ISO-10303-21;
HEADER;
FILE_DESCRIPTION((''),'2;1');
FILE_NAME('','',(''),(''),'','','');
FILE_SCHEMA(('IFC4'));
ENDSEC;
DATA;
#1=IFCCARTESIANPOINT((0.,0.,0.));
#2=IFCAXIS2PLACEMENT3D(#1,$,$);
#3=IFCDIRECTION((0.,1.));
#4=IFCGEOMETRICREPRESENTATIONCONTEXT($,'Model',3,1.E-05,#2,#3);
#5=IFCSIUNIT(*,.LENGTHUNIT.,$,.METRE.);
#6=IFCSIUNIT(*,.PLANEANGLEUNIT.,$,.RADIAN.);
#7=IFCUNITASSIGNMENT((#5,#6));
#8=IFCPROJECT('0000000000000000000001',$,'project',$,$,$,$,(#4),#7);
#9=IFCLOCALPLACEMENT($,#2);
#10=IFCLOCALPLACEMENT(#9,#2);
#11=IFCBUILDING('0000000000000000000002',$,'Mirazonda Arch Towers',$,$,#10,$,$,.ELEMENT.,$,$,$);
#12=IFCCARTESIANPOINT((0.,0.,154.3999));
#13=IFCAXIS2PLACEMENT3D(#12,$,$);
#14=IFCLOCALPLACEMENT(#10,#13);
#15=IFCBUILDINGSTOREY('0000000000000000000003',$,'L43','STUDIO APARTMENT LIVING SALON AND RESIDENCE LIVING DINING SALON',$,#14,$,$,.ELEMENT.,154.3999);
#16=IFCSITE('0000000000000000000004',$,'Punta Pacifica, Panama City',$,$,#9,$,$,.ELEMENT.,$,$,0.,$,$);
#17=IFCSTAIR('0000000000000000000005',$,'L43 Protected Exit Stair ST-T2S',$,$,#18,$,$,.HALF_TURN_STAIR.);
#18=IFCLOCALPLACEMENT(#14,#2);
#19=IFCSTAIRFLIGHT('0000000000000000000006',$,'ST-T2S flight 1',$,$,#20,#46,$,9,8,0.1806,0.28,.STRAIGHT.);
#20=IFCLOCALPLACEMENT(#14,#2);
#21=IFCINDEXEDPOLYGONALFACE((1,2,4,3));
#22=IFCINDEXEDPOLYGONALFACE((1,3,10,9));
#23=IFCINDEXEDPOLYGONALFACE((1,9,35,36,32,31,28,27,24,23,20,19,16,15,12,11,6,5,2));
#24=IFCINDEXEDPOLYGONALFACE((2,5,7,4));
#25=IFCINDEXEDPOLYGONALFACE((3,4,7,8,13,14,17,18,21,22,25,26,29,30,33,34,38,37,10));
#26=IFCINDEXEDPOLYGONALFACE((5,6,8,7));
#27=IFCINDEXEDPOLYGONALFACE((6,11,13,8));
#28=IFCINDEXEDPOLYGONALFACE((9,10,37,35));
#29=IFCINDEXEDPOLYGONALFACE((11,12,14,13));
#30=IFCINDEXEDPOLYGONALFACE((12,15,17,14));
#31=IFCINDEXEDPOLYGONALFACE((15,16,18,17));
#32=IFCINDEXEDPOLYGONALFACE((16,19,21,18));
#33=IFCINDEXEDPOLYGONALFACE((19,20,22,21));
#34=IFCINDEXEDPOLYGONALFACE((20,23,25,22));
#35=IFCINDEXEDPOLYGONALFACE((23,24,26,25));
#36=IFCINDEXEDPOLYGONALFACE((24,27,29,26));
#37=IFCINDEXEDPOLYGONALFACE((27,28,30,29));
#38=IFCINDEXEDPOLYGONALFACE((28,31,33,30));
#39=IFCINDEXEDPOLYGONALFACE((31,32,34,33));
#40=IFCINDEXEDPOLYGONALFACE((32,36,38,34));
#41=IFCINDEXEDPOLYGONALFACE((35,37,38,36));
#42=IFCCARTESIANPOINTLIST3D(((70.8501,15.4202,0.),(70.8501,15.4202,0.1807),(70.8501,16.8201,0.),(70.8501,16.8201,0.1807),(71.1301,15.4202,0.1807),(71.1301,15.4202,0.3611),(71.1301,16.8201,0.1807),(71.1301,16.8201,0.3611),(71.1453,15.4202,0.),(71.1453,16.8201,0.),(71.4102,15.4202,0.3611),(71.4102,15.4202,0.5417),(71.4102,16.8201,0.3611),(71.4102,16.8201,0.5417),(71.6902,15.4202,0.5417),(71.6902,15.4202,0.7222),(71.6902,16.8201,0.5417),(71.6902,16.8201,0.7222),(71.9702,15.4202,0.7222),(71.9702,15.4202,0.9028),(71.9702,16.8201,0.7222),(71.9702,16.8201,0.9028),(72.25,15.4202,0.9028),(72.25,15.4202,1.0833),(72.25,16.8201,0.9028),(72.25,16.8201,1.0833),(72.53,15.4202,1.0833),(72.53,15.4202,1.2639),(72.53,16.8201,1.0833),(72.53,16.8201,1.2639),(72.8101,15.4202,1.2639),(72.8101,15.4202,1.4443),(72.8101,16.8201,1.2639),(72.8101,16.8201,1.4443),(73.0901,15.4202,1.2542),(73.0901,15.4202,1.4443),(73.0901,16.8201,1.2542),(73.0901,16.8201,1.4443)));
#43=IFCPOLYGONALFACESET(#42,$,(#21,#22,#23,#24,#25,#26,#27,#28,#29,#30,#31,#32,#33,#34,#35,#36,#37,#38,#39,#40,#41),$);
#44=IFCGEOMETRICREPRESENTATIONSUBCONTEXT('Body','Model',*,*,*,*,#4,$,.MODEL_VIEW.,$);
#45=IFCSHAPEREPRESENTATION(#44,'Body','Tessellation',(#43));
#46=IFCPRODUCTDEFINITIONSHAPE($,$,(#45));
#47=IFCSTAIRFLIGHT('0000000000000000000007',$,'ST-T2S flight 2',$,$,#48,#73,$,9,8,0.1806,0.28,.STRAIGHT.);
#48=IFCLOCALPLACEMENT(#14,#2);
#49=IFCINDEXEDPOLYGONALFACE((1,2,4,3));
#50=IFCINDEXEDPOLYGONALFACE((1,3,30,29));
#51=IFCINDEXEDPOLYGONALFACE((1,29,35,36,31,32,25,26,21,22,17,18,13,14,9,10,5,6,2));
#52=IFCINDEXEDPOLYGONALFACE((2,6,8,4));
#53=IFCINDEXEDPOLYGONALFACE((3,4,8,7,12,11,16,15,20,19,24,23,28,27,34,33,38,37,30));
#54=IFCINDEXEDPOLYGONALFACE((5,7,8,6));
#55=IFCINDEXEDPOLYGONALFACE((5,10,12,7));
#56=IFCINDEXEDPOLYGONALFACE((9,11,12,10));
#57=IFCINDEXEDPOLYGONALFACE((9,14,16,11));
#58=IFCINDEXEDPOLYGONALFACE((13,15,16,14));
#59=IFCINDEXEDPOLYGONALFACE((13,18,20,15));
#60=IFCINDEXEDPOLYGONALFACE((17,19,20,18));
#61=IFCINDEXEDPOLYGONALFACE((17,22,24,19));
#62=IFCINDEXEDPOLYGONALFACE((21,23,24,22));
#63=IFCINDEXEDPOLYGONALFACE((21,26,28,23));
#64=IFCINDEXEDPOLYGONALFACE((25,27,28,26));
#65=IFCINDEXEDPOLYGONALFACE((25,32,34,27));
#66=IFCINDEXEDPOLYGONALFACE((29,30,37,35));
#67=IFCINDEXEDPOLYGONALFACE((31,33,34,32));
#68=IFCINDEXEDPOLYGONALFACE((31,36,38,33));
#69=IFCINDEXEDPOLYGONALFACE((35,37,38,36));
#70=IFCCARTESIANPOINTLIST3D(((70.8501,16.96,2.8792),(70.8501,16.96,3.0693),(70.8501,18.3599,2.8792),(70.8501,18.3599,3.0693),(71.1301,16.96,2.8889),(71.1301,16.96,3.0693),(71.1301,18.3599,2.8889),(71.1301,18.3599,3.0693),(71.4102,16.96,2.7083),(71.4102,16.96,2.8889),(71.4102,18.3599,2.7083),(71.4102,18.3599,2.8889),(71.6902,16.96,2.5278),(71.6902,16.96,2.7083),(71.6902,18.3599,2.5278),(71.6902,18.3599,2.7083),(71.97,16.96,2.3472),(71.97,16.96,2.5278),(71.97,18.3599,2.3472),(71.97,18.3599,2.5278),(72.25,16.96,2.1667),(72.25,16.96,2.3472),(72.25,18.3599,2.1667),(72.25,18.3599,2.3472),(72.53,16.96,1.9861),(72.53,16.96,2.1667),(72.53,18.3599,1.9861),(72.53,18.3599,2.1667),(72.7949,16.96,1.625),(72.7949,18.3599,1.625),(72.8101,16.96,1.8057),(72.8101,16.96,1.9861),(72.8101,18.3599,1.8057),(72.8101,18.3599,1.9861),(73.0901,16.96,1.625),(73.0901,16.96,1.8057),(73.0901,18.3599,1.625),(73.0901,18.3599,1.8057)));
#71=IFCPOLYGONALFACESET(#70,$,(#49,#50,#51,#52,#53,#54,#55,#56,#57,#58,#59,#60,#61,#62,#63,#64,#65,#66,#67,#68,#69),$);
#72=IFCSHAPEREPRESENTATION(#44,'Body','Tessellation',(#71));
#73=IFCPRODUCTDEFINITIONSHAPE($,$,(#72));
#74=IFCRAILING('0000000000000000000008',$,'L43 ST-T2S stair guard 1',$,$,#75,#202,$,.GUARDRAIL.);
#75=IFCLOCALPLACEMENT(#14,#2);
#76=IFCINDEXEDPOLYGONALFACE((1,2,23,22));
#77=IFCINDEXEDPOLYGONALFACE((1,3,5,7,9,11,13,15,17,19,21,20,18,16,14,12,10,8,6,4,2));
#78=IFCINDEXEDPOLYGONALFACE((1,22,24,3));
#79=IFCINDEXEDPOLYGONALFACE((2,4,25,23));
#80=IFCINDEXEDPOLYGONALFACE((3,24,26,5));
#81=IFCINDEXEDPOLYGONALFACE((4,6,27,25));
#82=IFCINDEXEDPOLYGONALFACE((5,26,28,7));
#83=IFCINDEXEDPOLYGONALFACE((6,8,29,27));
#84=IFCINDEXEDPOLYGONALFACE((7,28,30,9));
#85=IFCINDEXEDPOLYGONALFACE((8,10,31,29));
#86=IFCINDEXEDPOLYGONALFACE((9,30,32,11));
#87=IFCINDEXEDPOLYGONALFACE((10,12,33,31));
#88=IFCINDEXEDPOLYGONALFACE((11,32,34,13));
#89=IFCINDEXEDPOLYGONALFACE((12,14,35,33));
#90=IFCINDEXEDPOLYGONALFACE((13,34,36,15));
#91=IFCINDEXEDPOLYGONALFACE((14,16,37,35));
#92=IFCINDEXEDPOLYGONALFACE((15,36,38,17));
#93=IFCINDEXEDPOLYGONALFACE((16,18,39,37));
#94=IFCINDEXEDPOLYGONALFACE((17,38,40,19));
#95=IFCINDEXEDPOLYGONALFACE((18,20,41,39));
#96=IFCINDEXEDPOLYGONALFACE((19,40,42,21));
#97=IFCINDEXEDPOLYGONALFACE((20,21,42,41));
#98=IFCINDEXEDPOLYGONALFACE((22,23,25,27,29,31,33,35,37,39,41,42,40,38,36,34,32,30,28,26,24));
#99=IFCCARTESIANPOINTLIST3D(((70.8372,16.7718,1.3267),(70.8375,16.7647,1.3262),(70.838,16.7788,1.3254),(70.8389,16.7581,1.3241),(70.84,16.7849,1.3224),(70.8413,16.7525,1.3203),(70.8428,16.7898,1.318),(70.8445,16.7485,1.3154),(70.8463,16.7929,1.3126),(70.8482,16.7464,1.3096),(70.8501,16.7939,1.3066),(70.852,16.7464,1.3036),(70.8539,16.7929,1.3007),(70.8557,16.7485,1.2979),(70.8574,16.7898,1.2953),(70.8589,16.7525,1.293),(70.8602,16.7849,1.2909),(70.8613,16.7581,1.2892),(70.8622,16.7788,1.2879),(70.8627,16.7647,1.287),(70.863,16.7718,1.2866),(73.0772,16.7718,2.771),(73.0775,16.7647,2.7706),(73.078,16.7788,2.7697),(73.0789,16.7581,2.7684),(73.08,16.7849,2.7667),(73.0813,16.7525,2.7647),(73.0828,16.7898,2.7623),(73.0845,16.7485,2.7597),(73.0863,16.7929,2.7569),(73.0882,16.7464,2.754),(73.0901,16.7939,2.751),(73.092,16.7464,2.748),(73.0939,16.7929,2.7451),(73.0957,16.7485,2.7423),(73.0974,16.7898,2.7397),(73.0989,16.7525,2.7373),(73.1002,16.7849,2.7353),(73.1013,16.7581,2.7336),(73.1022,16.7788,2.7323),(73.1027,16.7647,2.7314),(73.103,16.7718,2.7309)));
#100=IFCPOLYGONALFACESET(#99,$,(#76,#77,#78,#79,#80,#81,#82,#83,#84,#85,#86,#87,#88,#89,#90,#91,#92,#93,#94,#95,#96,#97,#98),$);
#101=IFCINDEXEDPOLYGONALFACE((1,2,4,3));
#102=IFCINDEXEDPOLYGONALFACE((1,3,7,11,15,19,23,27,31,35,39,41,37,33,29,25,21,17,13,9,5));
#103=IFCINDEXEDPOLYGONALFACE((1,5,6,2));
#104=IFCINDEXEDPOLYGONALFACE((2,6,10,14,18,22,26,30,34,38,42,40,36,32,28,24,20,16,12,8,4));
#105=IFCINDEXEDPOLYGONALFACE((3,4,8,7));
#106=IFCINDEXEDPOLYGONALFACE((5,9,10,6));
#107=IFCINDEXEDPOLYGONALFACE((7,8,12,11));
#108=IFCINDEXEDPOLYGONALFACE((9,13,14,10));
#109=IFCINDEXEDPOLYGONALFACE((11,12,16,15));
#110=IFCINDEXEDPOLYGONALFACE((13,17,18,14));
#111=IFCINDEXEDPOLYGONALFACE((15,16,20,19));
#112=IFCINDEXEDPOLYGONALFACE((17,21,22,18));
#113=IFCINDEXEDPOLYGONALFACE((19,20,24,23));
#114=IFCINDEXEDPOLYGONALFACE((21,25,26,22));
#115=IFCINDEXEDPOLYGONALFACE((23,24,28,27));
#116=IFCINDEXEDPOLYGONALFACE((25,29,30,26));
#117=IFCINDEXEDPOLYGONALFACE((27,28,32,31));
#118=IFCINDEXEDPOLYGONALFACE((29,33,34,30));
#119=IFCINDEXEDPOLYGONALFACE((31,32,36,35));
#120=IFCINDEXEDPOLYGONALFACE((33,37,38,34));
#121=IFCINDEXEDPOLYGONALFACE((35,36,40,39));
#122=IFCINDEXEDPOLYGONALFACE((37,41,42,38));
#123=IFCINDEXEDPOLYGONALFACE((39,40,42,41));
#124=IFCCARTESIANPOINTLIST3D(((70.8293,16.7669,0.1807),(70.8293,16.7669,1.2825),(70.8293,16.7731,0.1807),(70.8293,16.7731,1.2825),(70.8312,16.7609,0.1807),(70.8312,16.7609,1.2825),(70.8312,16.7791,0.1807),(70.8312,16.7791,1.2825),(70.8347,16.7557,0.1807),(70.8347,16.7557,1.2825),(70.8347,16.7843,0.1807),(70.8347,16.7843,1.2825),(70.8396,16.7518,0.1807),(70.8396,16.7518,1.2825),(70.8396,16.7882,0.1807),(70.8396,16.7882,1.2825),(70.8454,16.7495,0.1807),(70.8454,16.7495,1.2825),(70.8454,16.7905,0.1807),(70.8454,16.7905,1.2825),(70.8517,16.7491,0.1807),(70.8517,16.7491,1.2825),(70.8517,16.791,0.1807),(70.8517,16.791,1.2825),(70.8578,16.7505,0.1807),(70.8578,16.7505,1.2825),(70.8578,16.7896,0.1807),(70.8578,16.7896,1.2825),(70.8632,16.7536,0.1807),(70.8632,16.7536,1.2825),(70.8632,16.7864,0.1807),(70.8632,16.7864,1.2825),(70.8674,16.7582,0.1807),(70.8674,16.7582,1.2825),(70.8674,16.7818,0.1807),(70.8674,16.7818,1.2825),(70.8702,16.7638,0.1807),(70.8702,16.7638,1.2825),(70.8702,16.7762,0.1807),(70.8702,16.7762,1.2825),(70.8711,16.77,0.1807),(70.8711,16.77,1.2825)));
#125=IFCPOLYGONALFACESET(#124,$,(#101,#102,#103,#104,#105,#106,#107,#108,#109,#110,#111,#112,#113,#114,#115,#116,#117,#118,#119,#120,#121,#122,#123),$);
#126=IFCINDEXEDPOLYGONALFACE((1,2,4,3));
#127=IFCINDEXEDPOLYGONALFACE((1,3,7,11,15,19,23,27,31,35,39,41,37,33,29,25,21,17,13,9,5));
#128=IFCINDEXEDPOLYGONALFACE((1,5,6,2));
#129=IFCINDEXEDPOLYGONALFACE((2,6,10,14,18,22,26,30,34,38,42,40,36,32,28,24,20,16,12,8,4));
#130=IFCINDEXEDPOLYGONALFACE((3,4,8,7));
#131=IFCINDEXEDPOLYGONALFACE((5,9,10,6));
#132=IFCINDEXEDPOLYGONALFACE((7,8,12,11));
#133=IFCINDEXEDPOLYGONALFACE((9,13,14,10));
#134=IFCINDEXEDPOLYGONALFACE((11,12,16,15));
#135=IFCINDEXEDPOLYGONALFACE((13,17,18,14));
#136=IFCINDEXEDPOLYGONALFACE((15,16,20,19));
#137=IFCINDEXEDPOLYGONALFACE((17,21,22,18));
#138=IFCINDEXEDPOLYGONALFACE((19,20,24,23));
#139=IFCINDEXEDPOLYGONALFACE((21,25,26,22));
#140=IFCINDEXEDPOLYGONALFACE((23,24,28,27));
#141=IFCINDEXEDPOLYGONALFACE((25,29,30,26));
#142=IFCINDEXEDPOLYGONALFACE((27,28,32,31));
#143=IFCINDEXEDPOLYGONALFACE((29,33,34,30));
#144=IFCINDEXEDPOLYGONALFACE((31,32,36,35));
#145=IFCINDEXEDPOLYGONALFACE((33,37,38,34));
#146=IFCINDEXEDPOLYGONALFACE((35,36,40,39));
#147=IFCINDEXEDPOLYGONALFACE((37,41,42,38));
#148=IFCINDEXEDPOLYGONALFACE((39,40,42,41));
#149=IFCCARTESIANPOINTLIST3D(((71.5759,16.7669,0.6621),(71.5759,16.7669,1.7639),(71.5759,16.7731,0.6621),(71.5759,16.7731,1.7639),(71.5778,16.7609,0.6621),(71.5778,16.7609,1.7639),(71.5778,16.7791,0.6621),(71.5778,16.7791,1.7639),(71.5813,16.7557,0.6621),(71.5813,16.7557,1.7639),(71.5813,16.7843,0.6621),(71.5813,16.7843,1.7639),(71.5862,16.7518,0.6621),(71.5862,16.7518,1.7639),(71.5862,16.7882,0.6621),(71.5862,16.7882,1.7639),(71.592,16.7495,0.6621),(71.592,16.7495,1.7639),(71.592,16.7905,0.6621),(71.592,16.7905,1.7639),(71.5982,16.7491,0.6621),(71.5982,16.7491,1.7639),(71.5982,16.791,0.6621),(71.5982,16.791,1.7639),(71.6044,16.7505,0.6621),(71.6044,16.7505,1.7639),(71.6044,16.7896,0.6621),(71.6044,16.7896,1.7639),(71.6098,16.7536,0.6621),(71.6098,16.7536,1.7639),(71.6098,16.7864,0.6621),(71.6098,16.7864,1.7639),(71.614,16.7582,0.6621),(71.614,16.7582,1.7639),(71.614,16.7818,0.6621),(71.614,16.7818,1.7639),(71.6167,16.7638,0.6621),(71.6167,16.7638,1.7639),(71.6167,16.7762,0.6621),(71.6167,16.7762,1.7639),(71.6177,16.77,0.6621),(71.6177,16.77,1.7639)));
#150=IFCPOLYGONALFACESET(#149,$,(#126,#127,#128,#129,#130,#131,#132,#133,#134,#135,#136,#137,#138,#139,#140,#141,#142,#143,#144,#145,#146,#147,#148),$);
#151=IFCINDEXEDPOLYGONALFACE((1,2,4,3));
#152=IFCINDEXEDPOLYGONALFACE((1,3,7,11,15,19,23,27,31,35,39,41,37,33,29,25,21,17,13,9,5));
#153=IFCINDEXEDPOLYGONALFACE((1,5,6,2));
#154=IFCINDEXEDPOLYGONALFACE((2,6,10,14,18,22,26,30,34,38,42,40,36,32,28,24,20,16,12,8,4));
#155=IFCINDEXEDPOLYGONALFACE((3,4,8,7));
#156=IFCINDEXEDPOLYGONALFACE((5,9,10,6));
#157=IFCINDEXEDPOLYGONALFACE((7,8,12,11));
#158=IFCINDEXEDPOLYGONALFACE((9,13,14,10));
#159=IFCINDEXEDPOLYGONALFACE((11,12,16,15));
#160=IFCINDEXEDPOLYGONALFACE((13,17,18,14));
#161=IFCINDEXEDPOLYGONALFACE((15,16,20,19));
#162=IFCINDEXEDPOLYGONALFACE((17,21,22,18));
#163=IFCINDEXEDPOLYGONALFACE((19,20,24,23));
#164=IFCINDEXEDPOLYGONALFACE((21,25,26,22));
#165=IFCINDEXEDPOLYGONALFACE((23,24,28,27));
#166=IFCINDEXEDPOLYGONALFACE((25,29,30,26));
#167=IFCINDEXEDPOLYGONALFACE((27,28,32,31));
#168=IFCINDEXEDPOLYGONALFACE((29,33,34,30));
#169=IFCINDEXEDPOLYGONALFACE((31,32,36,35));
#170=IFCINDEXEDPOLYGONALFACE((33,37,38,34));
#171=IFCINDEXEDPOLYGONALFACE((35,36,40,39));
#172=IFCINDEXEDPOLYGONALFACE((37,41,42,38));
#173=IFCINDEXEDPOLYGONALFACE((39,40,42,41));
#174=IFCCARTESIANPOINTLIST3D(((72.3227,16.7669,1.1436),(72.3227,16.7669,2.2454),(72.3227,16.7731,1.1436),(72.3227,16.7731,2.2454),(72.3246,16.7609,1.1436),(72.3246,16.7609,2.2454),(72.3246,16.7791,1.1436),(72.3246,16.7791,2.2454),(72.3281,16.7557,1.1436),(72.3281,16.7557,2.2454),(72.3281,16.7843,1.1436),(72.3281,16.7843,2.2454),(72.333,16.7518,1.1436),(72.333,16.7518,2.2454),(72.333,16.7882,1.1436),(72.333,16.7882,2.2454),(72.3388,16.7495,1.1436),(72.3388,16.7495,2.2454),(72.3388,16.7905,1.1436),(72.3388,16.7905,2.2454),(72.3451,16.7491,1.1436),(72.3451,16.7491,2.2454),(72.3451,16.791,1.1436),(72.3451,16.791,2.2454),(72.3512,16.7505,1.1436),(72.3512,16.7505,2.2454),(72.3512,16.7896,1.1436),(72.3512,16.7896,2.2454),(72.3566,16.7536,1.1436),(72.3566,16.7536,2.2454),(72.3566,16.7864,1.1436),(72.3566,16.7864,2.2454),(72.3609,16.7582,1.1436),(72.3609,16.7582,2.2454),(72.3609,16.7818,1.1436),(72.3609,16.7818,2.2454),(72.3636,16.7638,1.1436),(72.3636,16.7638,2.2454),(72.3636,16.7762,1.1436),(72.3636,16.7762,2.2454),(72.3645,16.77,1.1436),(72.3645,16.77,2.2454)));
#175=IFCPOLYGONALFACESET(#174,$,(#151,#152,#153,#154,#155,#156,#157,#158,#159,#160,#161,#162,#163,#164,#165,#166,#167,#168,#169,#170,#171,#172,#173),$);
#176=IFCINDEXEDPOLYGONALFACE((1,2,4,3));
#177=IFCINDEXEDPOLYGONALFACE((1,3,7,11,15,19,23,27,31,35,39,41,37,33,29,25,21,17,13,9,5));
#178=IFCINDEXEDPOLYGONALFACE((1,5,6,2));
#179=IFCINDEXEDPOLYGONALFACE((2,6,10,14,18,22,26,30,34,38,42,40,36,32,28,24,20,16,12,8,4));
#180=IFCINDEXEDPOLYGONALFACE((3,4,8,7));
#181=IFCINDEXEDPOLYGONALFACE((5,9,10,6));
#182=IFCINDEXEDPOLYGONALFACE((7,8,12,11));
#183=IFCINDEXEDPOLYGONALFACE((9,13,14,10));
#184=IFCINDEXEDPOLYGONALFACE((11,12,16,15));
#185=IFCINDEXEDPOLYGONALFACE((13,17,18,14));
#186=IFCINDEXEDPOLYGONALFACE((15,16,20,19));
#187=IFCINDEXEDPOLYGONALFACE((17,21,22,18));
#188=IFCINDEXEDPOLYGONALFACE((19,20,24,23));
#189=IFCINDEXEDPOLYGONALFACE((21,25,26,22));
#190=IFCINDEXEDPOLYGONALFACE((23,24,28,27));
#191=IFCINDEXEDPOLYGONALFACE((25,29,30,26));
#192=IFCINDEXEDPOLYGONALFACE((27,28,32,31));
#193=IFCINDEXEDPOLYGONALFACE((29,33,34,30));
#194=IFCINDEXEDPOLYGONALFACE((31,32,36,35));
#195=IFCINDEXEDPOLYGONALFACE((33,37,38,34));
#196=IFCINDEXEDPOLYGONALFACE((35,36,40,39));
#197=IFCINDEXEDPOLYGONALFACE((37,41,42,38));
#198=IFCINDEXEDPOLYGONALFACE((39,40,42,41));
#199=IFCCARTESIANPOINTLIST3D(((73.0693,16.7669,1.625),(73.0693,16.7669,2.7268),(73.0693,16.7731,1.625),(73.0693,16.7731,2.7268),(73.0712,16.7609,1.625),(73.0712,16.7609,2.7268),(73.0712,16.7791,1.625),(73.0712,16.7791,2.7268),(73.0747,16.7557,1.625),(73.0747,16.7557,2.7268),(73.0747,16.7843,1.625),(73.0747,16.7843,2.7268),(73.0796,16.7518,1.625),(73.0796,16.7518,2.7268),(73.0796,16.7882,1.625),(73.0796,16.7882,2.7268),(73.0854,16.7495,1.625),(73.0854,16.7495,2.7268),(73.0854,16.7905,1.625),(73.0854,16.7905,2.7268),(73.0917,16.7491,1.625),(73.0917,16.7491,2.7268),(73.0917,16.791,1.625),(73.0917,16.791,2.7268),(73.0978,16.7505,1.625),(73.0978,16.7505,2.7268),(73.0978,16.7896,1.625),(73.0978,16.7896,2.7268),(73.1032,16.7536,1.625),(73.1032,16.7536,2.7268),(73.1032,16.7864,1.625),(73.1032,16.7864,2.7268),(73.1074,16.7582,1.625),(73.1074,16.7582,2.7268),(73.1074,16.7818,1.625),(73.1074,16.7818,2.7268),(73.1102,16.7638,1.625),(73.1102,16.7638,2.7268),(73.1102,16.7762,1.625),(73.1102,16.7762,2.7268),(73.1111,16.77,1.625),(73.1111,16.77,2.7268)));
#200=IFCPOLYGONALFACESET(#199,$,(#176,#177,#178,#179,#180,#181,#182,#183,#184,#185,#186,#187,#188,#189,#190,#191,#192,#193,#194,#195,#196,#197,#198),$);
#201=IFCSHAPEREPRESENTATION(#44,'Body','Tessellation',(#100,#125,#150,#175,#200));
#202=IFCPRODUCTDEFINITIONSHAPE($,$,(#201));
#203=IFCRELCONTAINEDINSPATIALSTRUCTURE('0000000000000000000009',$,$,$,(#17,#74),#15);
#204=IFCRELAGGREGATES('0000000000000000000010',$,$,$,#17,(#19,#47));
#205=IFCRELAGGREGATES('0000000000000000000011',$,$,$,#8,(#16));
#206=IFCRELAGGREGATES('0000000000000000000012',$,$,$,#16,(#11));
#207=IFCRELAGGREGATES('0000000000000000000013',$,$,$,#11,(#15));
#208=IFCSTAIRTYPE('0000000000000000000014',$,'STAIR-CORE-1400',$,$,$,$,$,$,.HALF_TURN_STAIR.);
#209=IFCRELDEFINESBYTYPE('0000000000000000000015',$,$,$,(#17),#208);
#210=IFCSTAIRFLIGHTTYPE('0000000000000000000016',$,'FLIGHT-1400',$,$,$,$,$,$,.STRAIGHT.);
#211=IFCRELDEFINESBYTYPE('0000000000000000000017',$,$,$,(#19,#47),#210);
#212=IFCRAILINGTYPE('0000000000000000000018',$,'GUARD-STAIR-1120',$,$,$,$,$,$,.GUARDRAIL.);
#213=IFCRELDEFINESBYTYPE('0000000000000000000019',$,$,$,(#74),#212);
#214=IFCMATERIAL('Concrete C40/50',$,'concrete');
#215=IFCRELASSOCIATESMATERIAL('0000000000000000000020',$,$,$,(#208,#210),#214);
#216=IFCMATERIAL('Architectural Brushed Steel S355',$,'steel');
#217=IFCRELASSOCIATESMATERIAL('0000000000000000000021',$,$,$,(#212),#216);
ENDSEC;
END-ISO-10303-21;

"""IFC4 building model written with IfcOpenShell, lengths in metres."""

from ifc_helpers import new_model, si_unit, direction, frame, origin, origin_2d, place, context, subcontext, project, spatial, polyline, circle, outline, extrude, material, type_object, element, aggregate, save


model = new_model("IFC4")

# Units and contexts
model_context = context("Model", 3, precision=1e-05, world=origin(), true_north=direction((0.0, 1.0)))
body_context = subcontext(model_context, "Body", "Model", "MODEL_VIEW")
ifc_project = project(units=[si_unit("LENGTHUNIT", "METRE"), si_unit("PLANEANGLEUNIT", "RADIAN")], contexts=[model_context])

# Site, building, storey
site_placement = place(None, origin())
site = spatial("IfcSite", under=ifc_project, at=site_placement, Name="Punta Pacifica, Panama City", CompositionType="ELEMENT", RefElevation=0.0)
building_placement = place(site_placement, origin())
building = spatial("IfcBuilding", under=site, at=building_placement, Name="Mirazonda Arch Towers", CompositionType="ELEMENT")
storey_placement = place(building_placement, frame((0.0, 0.0, 154.3999)))
storey = spatial("IfcBuildingStorey", under=building, at=storey_placement, Name="L43", Description="STUDIO APARTMENT LIVING SALON AND RESIDENCE LIVING DINING SALON", CompositionType="ELEMENT", Elevation=154.3999)

# Shared definitions
ifc_material_1 = material(Name="Concrete C40/50", Category="concrete")

# Stair, stair flights
stair_type = type_object("IfcStairType", Name="STAIR-CORE-1400", PredefinedType="HALF_TURN_STAIR", material=ifc_material_1)
stair_placement = place(storey_placement, origin())
stair = element("IfcStair", 1, at=stair_placement, inside=storey, type_object=stair_type, Name="L43 Protected Exit Stair ST-T2S", PredefinedType="HALF_TURN_STAIR")
stair_flight_type = type_object("IfcStairFlightType", Name="FLIGHT-1400", PredefinedType="STRAIGHT", material=ifc_material_1)
stair_flight_1_placement = place(storey_placement, frame((70.8501, 16.1201, 0.0), z_axis=(0.0, 0.0, 1.0), x_axis=(1.0, 0.0, 0.0)))
stair_flight_1 = element("IfcStairFlight", 2, at=stair_flight_1_placement, type_object=stair_flight_type, Name="ST-T2S flight 1", NumberOfRisers=9, NumberOfTreads=8, PredefinedType="STRAIGHT", RiserHeight=0.1806, TreadLength=0.28, context=body_context, shape_type="SweptSolid", body=[
    extrude(outline(polyline([(0.0, 0.0), (0.0, 0.1807), (0.28, 0.1807), (0.28, 0.3611), (0.5601, 0.3611), (0.5601, 0.5417), (0.8401, 0.5417), (0.8401, 0.7222), (1.1201, 0.7222), (1.1201, 0.9028), (1.3999, 0.9028), (1.3999, 1.0833), (1.6799, 1.0833), (1.6799, 1.2639), (1.96, 1.2639), (1.96, 1.4443), (2.24, 1.4443), (2.24, 1.625), (2.24, 1.2542), (0.2952, 0.0), (0.0, 0.0)])), frame((0.0, 0.7, 0.0), z_axis=(0.0, -1.0, 0.0), x_axis=(1.0, 0.0, 0.0)), (0.0, 0.0, 1.0), 1.3999),
])
stair_flight_2_placement = place(storey_placement, frame((73.0901, 17.6599, 1.625), z_axis=(0.0, 0.0, 1.0), x_axis=(-1.0, 0.0, 0.0)))
stair_flight_2 = element("IfcStairFlight", 3, at=stair_flight_2_placement, type_object=stair_flight_type, Name="ST-T2S flight 2", NumberOfRisers=9, NumberOfTreads=8, PredefinedType="STRAIGHT", RiserHeight=0.1806, TreadLength=0.28, context=body_context, shape_type="SweptSolid", body=[
    extrude(outline(polyline([(0.0, 0.0), (0.0, 0.1807), (0.28, 0.1807), (0.28, 0.3611), (0.5601, 0.3611), (0.5601, 0.5417), (0.8401, 0.5417), (0.8401, 0.7222), (1.1201, 0.7222), (1.1201, 0.9028), (1.3999, 0.9028), (1.3999, 1.0833), (1.6799, 1.0833), (1.6799, 1.2639), (1.96, 1.2639), (1.96, 1.4443), (2.24, 1.4443), (2.24, 1.625), (2.24, 1.2542), (0.2952, 0.0), (0.0, 0.0)])), frame((0.0, 0.7, 0.0), z_axis=(0.0, -1.0, 0.0), x_axis=(1.0, 0.0, 0.0)), (0.0, 0.0, 1.0), 1.3999),
])
aggregate(stair, [stair_flight_1, stair_flight_2])

# Railing
ifc_material_2 = material(Name="Architectural Brushed Steel S355", Category="steel")
railing_type_1 = type_object("IfcRailingType", Name="GUARD-STAIR-1120", PredefinedType="GUARDRAIL", material=ifc_material_2)
railing_1_placement = place(storey_placement, frame((70.8501, 16.77, 0.1807)))
element("IfcRailing", 4, at=railing_1_placement, inside=storey, type_object=railing_type_1, Name="L43 ST-T2S stair guard 1", PredefinedType="GUARDRAIL", context=body_context, shape_type="SweptSolid", body=[
    extrude(circle(Radius=0.0239, at=origin_2d()), frame((0.0, 0.0, 1.126), z_axis=(0.840437, 0.0, 0.54191), x_axis=(0.0, 1.0, 0.0)), (0.0, 0.0, 1.0), 2.6653),
    extrude(circle(Radius=0.021, at=origin_2d()), origin(), (0.0, 0.0, 1.0), 1.1018),
    extrude(circle(Radius=0.021, at=origin_2d()), frame((0.7466, 0.0, 0.4814)), (0.0, 0.0, 1.0), 1.1018),
    extrude(circle(Radius=0.021, at=origin_2d()), frame((1.4934, 0.0, 0.9629)), (0.0, 0.0, 1.0), 1.1018),
    extrude(circle(Radius=0.021, at=origin_2d()), frame((2.24, 0.0, 1.4443)), (0.0, 0.0, 1.0), 1.1018),
])

save(model, "model.ifc")
